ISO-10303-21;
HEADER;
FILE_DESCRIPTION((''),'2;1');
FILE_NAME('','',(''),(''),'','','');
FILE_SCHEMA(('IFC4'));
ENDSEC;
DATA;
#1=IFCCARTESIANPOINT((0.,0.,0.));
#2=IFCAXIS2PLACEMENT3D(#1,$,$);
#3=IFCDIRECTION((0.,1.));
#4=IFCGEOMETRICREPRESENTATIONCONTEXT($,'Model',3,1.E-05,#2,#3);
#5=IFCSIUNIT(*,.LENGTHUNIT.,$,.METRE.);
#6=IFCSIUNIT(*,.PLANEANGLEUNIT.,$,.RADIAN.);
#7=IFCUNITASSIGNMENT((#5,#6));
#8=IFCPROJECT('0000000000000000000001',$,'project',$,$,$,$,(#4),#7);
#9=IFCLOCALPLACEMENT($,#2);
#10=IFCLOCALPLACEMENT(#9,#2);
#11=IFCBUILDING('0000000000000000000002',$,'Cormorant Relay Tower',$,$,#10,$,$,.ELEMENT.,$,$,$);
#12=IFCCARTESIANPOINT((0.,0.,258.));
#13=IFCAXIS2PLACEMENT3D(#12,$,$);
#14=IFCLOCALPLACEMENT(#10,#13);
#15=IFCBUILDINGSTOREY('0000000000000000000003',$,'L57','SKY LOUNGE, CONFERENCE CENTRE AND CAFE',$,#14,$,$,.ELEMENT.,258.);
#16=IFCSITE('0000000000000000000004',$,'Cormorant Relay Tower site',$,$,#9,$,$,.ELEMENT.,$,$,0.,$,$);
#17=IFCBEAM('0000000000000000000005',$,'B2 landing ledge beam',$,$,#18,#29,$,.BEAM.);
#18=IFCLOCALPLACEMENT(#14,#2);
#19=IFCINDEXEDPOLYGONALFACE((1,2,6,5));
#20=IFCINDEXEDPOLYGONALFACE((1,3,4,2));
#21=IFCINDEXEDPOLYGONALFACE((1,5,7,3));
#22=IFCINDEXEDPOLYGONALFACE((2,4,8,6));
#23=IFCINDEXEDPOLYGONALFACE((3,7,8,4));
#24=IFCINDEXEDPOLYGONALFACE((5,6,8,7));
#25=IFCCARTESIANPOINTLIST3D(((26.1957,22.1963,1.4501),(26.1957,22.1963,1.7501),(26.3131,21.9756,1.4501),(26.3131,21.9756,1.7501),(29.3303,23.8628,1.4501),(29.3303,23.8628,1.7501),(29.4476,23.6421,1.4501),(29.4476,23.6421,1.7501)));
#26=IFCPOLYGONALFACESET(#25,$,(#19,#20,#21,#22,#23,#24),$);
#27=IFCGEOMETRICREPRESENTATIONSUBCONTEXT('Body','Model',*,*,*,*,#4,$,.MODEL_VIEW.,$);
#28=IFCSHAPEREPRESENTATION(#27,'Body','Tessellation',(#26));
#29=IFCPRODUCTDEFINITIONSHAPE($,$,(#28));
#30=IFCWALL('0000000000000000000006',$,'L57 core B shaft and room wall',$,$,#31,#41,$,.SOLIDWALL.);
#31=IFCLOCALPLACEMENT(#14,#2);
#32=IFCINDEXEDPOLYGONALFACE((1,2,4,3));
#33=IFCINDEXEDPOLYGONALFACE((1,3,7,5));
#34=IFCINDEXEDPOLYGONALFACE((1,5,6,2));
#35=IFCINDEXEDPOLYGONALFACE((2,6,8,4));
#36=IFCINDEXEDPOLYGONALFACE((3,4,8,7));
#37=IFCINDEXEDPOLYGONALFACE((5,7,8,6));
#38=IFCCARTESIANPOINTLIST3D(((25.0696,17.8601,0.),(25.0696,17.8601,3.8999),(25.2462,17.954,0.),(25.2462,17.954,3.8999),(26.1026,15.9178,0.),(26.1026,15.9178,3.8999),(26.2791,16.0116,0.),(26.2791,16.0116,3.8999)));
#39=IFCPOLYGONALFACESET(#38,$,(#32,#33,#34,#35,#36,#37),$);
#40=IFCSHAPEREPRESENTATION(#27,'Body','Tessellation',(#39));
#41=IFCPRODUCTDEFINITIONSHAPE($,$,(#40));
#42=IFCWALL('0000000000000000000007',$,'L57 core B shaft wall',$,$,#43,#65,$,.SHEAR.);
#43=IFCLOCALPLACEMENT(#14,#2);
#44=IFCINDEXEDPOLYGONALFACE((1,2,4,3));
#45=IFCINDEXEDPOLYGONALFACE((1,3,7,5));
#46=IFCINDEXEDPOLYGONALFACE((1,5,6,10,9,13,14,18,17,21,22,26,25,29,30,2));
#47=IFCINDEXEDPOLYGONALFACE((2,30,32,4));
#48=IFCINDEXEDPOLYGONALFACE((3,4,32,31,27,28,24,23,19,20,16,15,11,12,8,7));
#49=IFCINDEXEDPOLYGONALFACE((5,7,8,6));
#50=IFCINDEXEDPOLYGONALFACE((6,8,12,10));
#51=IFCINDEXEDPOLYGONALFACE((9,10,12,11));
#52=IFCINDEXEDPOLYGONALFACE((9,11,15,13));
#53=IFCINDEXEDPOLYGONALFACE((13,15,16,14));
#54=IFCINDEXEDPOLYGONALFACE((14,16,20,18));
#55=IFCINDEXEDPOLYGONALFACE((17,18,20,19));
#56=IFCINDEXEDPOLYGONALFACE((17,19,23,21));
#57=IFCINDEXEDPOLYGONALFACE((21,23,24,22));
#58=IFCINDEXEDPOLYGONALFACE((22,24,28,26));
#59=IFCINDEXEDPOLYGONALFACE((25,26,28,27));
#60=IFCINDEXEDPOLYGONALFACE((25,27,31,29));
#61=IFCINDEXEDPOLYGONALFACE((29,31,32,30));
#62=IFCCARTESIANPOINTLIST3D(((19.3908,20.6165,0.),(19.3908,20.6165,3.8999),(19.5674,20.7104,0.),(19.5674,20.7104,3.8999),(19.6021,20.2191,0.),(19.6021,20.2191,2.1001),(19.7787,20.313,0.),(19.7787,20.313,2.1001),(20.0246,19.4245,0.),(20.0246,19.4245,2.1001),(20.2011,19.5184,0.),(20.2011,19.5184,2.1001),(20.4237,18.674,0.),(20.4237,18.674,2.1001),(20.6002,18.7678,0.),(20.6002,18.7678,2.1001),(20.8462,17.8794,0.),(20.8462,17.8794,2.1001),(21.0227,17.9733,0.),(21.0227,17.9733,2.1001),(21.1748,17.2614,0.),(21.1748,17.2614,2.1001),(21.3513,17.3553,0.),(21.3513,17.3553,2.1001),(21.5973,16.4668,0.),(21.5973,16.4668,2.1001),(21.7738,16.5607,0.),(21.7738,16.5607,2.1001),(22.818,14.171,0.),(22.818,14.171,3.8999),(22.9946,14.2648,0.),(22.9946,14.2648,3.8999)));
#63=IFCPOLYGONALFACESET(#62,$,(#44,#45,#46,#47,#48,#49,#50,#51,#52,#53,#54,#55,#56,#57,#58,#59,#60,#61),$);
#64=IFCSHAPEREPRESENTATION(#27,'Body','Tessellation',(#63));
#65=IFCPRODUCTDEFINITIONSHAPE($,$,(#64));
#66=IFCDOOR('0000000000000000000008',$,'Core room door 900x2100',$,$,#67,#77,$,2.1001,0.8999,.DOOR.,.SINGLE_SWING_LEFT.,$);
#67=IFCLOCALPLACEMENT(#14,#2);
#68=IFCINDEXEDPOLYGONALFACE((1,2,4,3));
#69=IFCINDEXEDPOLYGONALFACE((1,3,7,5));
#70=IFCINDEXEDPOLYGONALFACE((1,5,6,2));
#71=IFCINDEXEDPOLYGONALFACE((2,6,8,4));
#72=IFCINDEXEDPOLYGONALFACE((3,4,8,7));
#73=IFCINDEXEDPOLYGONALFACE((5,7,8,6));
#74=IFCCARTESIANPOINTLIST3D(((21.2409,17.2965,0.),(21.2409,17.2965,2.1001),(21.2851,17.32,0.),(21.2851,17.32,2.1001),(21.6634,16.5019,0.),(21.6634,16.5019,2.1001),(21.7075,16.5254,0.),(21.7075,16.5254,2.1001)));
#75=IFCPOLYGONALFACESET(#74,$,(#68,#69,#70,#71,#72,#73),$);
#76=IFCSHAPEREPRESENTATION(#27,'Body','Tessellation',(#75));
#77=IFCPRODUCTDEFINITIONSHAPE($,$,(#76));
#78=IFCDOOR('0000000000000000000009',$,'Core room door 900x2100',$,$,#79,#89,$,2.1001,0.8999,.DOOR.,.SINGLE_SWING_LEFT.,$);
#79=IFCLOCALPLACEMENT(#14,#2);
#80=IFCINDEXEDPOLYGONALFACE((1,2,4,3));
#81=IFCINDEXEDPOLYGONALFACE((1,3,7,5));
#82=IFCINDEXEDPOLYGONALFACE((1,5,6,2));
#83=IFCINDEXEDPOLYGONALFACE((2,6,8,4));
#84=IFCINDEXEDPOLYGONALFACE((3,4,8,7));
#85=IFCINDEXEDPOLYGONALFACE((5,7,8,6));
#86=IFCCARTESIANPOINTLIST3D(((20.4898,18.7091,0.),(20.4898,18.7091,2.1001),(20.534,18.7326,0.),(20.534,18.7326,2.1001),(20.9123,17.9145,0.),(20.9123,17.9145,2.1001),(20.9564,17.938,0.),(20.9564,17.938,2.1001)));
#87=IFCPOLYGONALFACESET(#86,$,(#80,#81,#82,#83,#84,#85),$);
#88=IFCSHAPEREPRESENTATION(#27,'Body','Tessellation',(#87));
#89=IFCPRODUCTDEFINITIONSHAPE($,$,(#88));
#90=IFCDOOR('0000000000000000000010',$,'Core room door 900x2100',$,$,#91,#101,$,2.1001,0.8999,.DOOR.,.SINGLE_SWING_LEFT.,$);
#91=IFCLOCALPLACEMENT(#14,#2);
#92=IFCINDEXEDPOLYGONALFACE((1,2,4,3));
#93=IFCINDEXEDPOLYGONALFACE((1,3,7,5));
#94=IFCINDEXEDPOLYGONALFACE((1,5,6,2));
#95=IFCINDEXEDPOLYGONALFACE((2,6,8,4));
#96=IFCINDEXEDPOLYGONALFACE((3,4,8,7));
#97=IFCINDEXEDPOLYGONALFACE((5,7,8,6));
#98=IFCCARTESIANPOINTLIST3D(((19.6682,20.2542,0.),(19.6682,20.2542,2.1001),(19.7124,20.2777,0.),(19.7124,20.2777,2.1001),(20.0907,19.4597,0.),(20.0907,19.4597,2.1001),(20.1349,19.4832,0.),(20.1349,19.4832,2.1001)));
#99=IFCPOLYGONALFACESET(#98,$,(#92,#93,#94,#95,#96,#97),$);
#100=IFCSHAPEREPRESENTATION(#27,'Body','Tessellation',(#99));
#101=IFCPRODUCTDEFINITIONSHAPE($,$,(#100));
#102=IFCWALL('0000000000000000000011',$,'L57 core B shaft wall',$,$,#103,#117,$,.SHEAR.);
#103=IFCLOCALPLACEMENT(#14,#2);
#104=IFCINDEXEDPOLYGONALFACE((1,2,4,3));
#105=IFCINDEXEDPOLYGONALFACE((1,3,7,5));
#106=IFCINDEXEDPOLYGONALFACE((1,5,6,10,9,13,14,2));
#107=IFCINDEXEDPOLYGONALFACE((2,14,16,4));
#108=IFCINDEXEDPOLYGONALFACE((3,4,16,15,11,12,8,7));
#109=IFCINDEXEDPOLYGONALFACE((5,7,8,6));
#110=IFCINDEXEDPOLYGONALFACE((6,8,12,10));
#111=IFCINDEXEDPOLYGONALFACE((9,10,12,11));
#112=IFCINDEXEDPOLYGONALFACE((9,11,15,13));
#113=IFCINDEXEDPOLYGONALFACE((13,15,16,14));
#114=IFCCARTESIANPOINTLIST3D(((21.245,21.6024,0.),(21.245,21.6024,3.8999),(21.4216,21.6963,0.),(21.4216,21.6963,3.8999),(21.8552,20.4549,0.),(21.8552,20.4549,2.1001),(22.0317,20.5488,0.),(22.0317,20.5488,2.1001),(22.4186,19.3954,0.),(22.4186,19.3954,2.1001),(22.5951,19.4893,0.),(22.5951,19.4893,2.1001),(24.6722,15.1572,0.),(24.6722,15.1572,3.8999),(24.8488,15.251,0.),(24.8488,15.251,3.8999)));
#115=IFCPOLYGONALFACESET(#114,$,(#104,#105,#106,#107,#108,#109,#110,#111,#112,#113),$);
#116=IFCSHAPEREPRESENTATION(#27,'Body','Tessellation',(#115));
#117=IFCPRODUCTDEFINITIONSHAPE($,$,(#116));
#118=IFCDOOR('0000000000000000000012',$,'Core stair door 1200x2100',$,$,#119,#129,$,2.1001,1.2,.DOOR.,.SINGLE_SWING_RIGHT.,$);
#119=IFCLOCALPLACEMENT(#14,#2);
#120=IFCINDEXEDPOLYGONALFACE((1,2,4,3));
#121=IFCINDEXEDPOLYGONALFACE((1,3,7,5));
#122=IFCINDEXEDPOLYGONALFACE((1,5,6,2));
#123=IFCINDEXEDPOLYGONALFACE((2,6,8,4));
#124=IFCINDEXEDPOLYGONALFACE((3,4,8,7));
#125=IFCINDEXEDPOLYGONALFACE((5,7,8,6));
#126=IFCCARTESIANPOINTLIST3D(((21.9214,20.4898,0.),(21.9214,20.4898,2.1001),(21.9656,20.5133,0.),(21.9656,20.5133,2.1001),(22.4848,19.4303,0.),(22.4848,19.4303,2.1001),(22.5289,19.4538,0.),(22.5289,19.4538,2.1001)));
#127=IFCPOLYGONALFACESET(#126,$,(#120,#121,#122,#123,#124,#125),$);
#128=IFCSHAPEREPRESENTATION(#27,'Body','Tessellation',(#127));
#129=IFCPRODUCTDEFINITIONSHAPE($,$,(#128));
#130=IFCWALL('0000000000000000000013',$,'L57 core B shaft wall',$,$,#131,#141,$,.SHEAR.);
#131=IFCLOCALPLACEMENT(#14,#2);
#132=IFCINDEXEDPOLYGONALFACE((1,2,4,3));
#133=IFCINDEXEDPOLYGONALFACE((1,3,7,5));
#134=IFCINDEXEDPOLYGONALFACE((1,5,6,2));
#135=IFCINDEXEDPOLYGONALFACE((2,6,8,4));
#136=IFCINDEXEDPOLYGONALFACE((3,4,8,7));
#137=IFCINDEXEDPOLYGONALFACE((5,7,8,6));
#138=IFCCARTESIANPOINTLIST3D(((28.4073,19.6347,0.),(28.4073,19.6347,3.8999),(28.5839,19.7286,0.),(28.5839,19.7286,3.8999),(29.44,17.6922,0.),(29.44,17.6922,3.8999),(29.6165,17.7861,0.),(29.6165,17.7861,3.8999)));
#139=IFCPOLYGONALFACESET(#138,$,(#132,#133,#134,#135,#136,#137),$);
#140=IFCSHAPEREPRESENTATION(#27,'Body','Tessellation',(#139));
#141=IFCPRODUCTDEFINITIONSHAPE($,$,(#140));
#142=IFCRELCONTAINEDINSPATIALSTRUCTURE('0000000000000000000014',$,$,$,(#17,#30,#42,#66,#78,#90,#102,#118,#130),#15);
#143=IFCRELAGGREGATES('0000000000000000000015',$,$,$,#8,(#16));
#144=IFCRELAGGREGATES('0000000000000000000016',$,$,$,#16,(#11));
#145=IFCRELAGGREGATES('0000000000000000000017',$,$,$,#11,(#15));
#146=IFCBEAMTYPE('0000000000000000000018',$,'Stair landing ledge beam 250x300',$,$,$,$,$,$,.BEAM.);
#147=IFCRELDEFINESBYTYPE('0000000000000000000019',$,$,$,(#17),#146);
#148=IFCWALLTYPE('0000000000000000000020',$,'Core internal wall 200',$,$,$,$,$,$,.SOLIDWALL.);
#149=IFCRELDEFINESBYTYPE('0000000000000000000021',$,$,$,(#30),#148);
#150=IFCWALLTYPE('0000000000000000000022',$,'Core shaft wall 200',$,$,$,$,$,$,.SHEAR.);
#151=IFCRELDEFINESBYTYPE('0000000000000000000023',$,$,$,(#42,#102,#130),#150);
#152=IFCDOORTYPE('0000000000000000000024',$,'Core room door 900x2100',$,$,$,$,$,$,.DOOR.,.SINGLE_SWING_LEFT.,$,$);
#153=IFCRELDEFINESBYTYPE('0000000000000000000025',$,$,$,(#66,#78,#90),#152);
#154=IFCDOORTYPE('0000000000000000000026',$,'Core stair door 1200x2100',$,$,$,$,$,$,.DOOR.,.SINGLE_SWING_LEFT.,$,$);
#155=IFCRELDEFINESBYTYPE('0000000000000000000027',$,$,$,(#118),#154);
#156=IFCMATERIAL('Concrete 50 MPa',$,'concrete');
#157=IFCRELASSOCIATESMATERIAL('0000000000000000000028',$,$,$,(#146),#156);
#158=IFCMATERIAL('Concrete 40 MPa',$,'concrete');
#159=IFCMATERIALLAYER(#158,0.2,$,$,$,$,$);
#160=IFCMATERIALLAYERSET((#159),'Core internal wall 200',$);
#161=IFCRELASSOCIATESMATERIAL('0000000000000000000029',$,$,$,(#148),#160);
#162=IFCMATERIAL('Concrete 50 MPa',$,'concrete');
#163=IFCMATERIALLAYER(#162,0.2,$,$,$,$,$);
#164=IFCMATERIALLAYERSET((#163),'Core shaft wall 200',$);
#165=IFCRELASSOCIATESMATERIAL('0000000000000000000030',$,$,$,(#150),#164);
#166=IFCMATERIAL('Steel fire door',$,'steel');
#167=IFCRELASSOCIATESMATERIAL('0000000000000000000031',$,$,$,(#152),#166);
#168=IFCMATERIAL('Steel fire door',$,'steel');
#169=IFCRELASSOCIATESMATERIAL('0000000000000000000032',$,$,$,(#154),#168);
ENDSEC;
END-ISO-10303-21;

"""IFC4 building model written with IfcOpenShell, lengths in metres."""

from ifc_helpers import new_model, si_unit, direction, frame, frame_2d, origin, origin_2d, place, context, subcontext, project, spatial, rectangle, extrude, material, layer, layer_set, material_profile, profile_set, type_object, element, fill, save


model = new_model("IFC4")

# Units and contexts
model_context = context("Model", 3, precision=1e-05, world=origin(), true_north=direction((0.0, 1.0)))
body_context = subcontext(model_context, "Body", "Model", "MODEL_VIEW")
ifc_project = project(units=[si_unit("LENGTHUNIT", "METRE"), si_unit("PLANEANGLEUNIT", "RADIAN")], contexts=[model_context])

# Site, building, storey
site_placement = place(None, origin())
site = spatial("IfcSite", under=ifc_project, at=site_placement, Name="Cormorant Relay Tower site", CompositionType="ELEMENT", RefElevation=0.0)
building_placement = place(site_placement, origin())
building = spatial("IfcBuilding", under=site, at=building_placement, Name="Cormorant Relay Tower", CompositionType="ELEMENT")
storey_placement = place(building_placement, frame((0.0, 0.0, 258.0)))
storey = spatial("IfcBuildingStorey", under=building, at=storey_placement, Name="L57", Description="SKY LOUNGE, CONFERENCE CENTRE AND CAFE", CompositionType="ELEMENT", Elevation=258.0)

# Beam
ifc_material_1 = material(Name="Concrete 50 MPa", Category="concrete")
ifc_material_profile = material_profile(ifc_material_1, rectangle(XDim=0.25, YDim=0.3, at=origin_2d()), Name="RC 250x300")
ifc_profile_set = profile_set([ifc_material_profile], Name="Concrete 50 MPa")
beam_type = type_object("IfcBeamType", Name="Stair landing ledge beam 250x300", PredefinedType="BEAM", material=ifc_profile_set)
beam_placement = place(storey_placement, frame((26.2544, 22.0859, 1.6001), z_axis=(0.882965, 0.469438, 0.0), x_axis=(-0.469438, 0.882965, 0.0)))
element("IfcBeam", 1, at=beam_placement, inside=storey, type_object=beam_type, Name="B2 landing ledge beam", PredefinedType="BEAM", context=body_context, shape_type="SweptSolid", body=[
    extrude(rectangle(XDim=0.25, YDim=0.3, at=origin_2d()), origin(), (0.0, 0.0, 1.0), 3.55),
])

# Wall
ifc_material_2 = material(Name="Concrete 40 MPa", Category="concrete")
ifc_layer_1 = layer(ifc_material_2, 0.2)
ifc_layer_set_1 = layer_set([ifc_layer_1], Name="Core internal wall 200")
wall_type_1 = type_object("IfcWallType", Name="Core internal wall 200", PredefinedType="SOLIDWALL", material=ifc_layer_set_1)
wall_1_placement = place(storey_placement, frame((26.1909, 15.9646, 0.0), z_axis=(0.0, 0.0, 1.0), x_axis=(-0.469534, 0.882914, 0.0)))
element("IfcWall", 2, at=wall_1_placement, inside=storey, type_object=wall_type_1, Name="L57 core B shaft and room wall", PredefinedType="SOLIDWALL", context=body_context, shape_type="SweptSolid", body=[
    extrude(rectangle(XDim=2.2, YDim=0.2, at=frame_2d((1.1001, 0.0))), origin(), (0.0, 0.0, 1.0), 3.8999),
])

# Wall, openings, doors
ifc_material_3 = material(Name="Concrete 50 MPa", Category="concrete")
ifc_layer_2 = layer(ifc_material_3, 0.2)
ifc_layer_set_2 = layer_set([ifc_layer_2], Name="Core shaft wall 200")
wall_type_2 = type_object("IfcWallType", Name="Core shaft wall 200", PredefinedType="SHEAR", material=ifc_layer_set_2)
wall_2_placement = place(storey_placement, frame((22.9062, 14.218, 0.0), z_axis=(0.0, 0.0, 1.0), x_axis=(-0.46948, 0.882943, 0.0)))
wall_2 = element("IfcWall", 3, at=wall_2_placement, inside=storey, type_object=wall_type_2, Name="L57 core B shaft wall", PredefinedType="SHEAR", context=body_context, shape_type="SweptSolid", body=[
    extrude(rectangle(XDim=7.3, YDim=0.2, at=frame_2d((3.6499, 0.0))), origin(), (0.0, 0.0, 1.0), 3.8999),
])
opening_1_placement = place(wall_2_placement, frame((2.6001, 0.0, 0.0)))
opening_1 = element("IfcOpeningElement", 4, at=opening_1_placement, cuts=wall_2, PredefinedType="OPENING", context=body_context, shape_type="SweptSolid", body=[
    extrude(rectangle(XDim=0.8999, YDim=2.1001, at=frame_2d((0.45, 1.05))), frame((0.0, 0.1099, 0.0), z_axis=(0.0, -1.0, 0.0), x_axis=(1.0, 0.0, 0.0)), (0.0, 0.0, 1.0), 0.22),
])
opening_2_placement = place(wall_2_placement, frame((4.2, 0.0, 0.0)))
opening_2 = element("IfcOpeningElement", 5, at=opening_2_placement, cuts=wall_2, PredefinedType="OPENING", context=body_context, shape_type="SweptSolid", body=[
    extrude(rectangle(XDim=0.8999, YDim=2.1001, at=frame_2d((0.45, 1.05))), frame((0.0, 0.1099, 0.0), z_axis=(0.0, -1.0, 0.0), x_axis=(1.0, 0.0, 0.0)), (0.0, 0.0, 1.0), 0.22),
])
opening_3_placement = place(wall_2_placement, frame((5.95, 0.0, 0.0)))
opening_3 = element("IfcOpeningElement", 6, at=opening_3_placement, cuts=wall_2, PredefinedType="OPENING", context=body_context, shape_type="SweptSolid", body=[
    extrude(rectangle(XDim=0.8999, YDim=2.1001, at=frame_2d((0.45, 1.05))), frame((0.0, 0.1099, 0.0), z_axis=(0.0, -1.0, 0.0), x_axis=(1.0, 0.0, 0.0)), (0.0, 0.0, 1.0), 0.22),
])
ifc_material_4 = material(Name="Steel fire door", Category="steel")
door_type_1 = type_object("IfcDoorType", Name="Core room door 900x2100", OperationType="SINGLE_SWING_LEFT", PredefinedType="DOOR", material=ifc_material_4)
door_1_placement = place(opening_1_placement, frame((0.8999, 0.0, 0.0), z_axis=(0.0, 0.0, 1.0), x_axis=(-1.0, 0.0, 0.0)))
door_1 = element("IfcDoor", 7, at=door_1_placement, inside=storey, type_object=door_type_1, Name="Core room door 900x2100", OperationType="SINGLE_SWING_LEFT", OverallHeight=2.1001, OverallWidth=0.8999, PredefinedType="DOOR", context=body_context, shape_type="SweptSolid", body=[
    extrude(rectangle(XDim=0.8999, YDim=2.1001, at=frame_2d((0.45, 1.05))), frame((0.0, 0.0249, 0.0), z_axis=(0.0, -1.0, 0.0), x_axis=(1.0, 0.0, 0.0)), (0.0, 0.0, 1.0), 0.05),
])
fill(opening_1, door_1)
door_2_placement = place(opening_2_placement, frame((0.8999, 0.0, 0.0), z_axis=(0.0, 0.0, 1.0), x_axis=(-1.0, 0.0, 0.0)))
door_2 = element("IfcDoor", 8, at=door_2_placement, inside=storey, type_object=door_type_1, Name="Core room door 900x2100", OperationType="SINGLE_SWING_LEFT", OverallHeight=2.1001, OverallWidth=0.8999, PredefinedType="DOOR", context=body_context, shape_type="SweptSolid", body=[
    extrude(rectangle(XDim=0.8999, YDim=2.1001, at=frame_2d((0.45, 1.05))), frame((0.0, 0.0249, 0.0), z_axis=(0.0, -1.0, 0.0), x_axis=(1.0, 0.0, 0.0)), (0.0, 0.0, 1.0), 0.05),
])
fill(opening_2, door_2)
door_3_placement = place(opening_3_placement, frame((0.8999, 0.0, 0.0), z_axis=(0.0, 0.0, 1.0), x_axis=(-1.0, 0.0, 0.0)))
door_3 = element("IfcDoor", 9, at=door_3_placement, inside=storey, type_object=door_type_1, Name="Core room door 900x2100", OperationType="SINGLE_SWING_LEFT", OverallHeight=2.1001, OverallWidth=0.8999, PredefinedType="DOOR", context=body_context, shape_type="SweptSolid", body=[
    extrude(rectangle(XDim=0.8999, YDim=2.1001, at=frame_2d((0.45, 1.05))), frame((0.0, 0.0249, 0.0), z_axis=(0.0, -1.0, 0.0), x_axis=(1.0, 0.0, 0.0)), (0.0, 0.0, 1.0), 0.05),
])
fill(opening_3, door_3)

# Wall, opening, door
wall_3_placement = place(storey_placement, frame((24.7605, 15.2041, 0.0), z_axis=(0.0, 0.0, 1.0), x_axis=(-0.469494, 0.882936, 0.0)))
wall_3 = element("IfcWall", 10, at=wall_3_placement, inside=storey, type_object=wall_type_2, Name="L57 core B shaft wall", PredefinedType="SHEAR", context=body_context, shape_type="SweptSolid", body=[
    extrude(rectangle(XDim=7.2998, YDim=0.2, at=frame_2d((3.6499, 0.0))), origin(), (0.0, 0.0, 1.0), 3.8999),
])
opening_4_placement = place(wall_3_placement, frame((4.8, 0.0, 0.0)))
opening_4 = element("IfcOpeningElement", 11, at=opening_4_placement, cuts=wall_3, PredefinedType="OPENING", context=body_context, shape_type="SweptSolid", body=[
    extrude(rectangle(XDim=1.2, YDim=2.1001, at=frame_2d((0.6001, 1.05))), frame((0.0, 0.1099, 0.0), z_axis=(0.0, -1.0, 0.0), x_axis=(1.0, 0.0, 0.0)), (0.0, 0.0, 1.0), 0.22),
])
ifc_material_5 = material(Name="Steel fire door", Category="steel")
door_type_2 = type_object("IfcDoorType", Name="Core stair door 1200x2100", OperationType="SINGLE_SWING_LEFT", PredefinedType="DOOR", material=ifc_material_5)
door_4_placement = place(opening_4_placement, frame((1.2, 0.0, 0.0), z_axis=(0.0, 0.0, 1.0), x_axis=(-1.0, 0.0, 0.0)))
door_4 = element("IfcDoor", 12, at=door_4_placement, inside=storey, type_object=door_type_2, Name="Core stair door 1200x2100", OperationType="SINGLE_SWING_RIGHT", OverallHeight=2.1001, OverallWidth=1.2, PredefinedType="DOOR", context=body_context, shape_type="SweptSolid", body=[
    extrude(rectangle(XDim=1.2, YDim=2.1001, at=frame_2d((0.6001, 1.05))), frame((0.0, 0.0249, 0.0), z_axis=(0.0, -1.0, 0.0), x_axis=(1.0, 0.0, 0.0)), (0.0, 0.0, 1.0), 0.05),
])
fill(opening_4, door_4)

# Wall
wall_4_placement = place(storey_placement, frame((29.5283, 17.739, 0.0), z_axis=(0.0, 0.0, 1.0), x_axis=(-0.469401, 0.882985, 0.0)))
element("IfcWall", 13, at=wall_4_placement, inside=storey, type_object=wall_type_2, Name="L57 core B shaft wall", PredefinedType="SHEAR", context=body_context, shape_type="SweptSolid", body=[
    extrude(rectangle(XDim=2.2, YDim=0.2, at=frame_2d((1.1001, 0.0))), origin(), (0.0, 0.0, 1.0), 3.8999),
])

save(model, "model.ifc")
